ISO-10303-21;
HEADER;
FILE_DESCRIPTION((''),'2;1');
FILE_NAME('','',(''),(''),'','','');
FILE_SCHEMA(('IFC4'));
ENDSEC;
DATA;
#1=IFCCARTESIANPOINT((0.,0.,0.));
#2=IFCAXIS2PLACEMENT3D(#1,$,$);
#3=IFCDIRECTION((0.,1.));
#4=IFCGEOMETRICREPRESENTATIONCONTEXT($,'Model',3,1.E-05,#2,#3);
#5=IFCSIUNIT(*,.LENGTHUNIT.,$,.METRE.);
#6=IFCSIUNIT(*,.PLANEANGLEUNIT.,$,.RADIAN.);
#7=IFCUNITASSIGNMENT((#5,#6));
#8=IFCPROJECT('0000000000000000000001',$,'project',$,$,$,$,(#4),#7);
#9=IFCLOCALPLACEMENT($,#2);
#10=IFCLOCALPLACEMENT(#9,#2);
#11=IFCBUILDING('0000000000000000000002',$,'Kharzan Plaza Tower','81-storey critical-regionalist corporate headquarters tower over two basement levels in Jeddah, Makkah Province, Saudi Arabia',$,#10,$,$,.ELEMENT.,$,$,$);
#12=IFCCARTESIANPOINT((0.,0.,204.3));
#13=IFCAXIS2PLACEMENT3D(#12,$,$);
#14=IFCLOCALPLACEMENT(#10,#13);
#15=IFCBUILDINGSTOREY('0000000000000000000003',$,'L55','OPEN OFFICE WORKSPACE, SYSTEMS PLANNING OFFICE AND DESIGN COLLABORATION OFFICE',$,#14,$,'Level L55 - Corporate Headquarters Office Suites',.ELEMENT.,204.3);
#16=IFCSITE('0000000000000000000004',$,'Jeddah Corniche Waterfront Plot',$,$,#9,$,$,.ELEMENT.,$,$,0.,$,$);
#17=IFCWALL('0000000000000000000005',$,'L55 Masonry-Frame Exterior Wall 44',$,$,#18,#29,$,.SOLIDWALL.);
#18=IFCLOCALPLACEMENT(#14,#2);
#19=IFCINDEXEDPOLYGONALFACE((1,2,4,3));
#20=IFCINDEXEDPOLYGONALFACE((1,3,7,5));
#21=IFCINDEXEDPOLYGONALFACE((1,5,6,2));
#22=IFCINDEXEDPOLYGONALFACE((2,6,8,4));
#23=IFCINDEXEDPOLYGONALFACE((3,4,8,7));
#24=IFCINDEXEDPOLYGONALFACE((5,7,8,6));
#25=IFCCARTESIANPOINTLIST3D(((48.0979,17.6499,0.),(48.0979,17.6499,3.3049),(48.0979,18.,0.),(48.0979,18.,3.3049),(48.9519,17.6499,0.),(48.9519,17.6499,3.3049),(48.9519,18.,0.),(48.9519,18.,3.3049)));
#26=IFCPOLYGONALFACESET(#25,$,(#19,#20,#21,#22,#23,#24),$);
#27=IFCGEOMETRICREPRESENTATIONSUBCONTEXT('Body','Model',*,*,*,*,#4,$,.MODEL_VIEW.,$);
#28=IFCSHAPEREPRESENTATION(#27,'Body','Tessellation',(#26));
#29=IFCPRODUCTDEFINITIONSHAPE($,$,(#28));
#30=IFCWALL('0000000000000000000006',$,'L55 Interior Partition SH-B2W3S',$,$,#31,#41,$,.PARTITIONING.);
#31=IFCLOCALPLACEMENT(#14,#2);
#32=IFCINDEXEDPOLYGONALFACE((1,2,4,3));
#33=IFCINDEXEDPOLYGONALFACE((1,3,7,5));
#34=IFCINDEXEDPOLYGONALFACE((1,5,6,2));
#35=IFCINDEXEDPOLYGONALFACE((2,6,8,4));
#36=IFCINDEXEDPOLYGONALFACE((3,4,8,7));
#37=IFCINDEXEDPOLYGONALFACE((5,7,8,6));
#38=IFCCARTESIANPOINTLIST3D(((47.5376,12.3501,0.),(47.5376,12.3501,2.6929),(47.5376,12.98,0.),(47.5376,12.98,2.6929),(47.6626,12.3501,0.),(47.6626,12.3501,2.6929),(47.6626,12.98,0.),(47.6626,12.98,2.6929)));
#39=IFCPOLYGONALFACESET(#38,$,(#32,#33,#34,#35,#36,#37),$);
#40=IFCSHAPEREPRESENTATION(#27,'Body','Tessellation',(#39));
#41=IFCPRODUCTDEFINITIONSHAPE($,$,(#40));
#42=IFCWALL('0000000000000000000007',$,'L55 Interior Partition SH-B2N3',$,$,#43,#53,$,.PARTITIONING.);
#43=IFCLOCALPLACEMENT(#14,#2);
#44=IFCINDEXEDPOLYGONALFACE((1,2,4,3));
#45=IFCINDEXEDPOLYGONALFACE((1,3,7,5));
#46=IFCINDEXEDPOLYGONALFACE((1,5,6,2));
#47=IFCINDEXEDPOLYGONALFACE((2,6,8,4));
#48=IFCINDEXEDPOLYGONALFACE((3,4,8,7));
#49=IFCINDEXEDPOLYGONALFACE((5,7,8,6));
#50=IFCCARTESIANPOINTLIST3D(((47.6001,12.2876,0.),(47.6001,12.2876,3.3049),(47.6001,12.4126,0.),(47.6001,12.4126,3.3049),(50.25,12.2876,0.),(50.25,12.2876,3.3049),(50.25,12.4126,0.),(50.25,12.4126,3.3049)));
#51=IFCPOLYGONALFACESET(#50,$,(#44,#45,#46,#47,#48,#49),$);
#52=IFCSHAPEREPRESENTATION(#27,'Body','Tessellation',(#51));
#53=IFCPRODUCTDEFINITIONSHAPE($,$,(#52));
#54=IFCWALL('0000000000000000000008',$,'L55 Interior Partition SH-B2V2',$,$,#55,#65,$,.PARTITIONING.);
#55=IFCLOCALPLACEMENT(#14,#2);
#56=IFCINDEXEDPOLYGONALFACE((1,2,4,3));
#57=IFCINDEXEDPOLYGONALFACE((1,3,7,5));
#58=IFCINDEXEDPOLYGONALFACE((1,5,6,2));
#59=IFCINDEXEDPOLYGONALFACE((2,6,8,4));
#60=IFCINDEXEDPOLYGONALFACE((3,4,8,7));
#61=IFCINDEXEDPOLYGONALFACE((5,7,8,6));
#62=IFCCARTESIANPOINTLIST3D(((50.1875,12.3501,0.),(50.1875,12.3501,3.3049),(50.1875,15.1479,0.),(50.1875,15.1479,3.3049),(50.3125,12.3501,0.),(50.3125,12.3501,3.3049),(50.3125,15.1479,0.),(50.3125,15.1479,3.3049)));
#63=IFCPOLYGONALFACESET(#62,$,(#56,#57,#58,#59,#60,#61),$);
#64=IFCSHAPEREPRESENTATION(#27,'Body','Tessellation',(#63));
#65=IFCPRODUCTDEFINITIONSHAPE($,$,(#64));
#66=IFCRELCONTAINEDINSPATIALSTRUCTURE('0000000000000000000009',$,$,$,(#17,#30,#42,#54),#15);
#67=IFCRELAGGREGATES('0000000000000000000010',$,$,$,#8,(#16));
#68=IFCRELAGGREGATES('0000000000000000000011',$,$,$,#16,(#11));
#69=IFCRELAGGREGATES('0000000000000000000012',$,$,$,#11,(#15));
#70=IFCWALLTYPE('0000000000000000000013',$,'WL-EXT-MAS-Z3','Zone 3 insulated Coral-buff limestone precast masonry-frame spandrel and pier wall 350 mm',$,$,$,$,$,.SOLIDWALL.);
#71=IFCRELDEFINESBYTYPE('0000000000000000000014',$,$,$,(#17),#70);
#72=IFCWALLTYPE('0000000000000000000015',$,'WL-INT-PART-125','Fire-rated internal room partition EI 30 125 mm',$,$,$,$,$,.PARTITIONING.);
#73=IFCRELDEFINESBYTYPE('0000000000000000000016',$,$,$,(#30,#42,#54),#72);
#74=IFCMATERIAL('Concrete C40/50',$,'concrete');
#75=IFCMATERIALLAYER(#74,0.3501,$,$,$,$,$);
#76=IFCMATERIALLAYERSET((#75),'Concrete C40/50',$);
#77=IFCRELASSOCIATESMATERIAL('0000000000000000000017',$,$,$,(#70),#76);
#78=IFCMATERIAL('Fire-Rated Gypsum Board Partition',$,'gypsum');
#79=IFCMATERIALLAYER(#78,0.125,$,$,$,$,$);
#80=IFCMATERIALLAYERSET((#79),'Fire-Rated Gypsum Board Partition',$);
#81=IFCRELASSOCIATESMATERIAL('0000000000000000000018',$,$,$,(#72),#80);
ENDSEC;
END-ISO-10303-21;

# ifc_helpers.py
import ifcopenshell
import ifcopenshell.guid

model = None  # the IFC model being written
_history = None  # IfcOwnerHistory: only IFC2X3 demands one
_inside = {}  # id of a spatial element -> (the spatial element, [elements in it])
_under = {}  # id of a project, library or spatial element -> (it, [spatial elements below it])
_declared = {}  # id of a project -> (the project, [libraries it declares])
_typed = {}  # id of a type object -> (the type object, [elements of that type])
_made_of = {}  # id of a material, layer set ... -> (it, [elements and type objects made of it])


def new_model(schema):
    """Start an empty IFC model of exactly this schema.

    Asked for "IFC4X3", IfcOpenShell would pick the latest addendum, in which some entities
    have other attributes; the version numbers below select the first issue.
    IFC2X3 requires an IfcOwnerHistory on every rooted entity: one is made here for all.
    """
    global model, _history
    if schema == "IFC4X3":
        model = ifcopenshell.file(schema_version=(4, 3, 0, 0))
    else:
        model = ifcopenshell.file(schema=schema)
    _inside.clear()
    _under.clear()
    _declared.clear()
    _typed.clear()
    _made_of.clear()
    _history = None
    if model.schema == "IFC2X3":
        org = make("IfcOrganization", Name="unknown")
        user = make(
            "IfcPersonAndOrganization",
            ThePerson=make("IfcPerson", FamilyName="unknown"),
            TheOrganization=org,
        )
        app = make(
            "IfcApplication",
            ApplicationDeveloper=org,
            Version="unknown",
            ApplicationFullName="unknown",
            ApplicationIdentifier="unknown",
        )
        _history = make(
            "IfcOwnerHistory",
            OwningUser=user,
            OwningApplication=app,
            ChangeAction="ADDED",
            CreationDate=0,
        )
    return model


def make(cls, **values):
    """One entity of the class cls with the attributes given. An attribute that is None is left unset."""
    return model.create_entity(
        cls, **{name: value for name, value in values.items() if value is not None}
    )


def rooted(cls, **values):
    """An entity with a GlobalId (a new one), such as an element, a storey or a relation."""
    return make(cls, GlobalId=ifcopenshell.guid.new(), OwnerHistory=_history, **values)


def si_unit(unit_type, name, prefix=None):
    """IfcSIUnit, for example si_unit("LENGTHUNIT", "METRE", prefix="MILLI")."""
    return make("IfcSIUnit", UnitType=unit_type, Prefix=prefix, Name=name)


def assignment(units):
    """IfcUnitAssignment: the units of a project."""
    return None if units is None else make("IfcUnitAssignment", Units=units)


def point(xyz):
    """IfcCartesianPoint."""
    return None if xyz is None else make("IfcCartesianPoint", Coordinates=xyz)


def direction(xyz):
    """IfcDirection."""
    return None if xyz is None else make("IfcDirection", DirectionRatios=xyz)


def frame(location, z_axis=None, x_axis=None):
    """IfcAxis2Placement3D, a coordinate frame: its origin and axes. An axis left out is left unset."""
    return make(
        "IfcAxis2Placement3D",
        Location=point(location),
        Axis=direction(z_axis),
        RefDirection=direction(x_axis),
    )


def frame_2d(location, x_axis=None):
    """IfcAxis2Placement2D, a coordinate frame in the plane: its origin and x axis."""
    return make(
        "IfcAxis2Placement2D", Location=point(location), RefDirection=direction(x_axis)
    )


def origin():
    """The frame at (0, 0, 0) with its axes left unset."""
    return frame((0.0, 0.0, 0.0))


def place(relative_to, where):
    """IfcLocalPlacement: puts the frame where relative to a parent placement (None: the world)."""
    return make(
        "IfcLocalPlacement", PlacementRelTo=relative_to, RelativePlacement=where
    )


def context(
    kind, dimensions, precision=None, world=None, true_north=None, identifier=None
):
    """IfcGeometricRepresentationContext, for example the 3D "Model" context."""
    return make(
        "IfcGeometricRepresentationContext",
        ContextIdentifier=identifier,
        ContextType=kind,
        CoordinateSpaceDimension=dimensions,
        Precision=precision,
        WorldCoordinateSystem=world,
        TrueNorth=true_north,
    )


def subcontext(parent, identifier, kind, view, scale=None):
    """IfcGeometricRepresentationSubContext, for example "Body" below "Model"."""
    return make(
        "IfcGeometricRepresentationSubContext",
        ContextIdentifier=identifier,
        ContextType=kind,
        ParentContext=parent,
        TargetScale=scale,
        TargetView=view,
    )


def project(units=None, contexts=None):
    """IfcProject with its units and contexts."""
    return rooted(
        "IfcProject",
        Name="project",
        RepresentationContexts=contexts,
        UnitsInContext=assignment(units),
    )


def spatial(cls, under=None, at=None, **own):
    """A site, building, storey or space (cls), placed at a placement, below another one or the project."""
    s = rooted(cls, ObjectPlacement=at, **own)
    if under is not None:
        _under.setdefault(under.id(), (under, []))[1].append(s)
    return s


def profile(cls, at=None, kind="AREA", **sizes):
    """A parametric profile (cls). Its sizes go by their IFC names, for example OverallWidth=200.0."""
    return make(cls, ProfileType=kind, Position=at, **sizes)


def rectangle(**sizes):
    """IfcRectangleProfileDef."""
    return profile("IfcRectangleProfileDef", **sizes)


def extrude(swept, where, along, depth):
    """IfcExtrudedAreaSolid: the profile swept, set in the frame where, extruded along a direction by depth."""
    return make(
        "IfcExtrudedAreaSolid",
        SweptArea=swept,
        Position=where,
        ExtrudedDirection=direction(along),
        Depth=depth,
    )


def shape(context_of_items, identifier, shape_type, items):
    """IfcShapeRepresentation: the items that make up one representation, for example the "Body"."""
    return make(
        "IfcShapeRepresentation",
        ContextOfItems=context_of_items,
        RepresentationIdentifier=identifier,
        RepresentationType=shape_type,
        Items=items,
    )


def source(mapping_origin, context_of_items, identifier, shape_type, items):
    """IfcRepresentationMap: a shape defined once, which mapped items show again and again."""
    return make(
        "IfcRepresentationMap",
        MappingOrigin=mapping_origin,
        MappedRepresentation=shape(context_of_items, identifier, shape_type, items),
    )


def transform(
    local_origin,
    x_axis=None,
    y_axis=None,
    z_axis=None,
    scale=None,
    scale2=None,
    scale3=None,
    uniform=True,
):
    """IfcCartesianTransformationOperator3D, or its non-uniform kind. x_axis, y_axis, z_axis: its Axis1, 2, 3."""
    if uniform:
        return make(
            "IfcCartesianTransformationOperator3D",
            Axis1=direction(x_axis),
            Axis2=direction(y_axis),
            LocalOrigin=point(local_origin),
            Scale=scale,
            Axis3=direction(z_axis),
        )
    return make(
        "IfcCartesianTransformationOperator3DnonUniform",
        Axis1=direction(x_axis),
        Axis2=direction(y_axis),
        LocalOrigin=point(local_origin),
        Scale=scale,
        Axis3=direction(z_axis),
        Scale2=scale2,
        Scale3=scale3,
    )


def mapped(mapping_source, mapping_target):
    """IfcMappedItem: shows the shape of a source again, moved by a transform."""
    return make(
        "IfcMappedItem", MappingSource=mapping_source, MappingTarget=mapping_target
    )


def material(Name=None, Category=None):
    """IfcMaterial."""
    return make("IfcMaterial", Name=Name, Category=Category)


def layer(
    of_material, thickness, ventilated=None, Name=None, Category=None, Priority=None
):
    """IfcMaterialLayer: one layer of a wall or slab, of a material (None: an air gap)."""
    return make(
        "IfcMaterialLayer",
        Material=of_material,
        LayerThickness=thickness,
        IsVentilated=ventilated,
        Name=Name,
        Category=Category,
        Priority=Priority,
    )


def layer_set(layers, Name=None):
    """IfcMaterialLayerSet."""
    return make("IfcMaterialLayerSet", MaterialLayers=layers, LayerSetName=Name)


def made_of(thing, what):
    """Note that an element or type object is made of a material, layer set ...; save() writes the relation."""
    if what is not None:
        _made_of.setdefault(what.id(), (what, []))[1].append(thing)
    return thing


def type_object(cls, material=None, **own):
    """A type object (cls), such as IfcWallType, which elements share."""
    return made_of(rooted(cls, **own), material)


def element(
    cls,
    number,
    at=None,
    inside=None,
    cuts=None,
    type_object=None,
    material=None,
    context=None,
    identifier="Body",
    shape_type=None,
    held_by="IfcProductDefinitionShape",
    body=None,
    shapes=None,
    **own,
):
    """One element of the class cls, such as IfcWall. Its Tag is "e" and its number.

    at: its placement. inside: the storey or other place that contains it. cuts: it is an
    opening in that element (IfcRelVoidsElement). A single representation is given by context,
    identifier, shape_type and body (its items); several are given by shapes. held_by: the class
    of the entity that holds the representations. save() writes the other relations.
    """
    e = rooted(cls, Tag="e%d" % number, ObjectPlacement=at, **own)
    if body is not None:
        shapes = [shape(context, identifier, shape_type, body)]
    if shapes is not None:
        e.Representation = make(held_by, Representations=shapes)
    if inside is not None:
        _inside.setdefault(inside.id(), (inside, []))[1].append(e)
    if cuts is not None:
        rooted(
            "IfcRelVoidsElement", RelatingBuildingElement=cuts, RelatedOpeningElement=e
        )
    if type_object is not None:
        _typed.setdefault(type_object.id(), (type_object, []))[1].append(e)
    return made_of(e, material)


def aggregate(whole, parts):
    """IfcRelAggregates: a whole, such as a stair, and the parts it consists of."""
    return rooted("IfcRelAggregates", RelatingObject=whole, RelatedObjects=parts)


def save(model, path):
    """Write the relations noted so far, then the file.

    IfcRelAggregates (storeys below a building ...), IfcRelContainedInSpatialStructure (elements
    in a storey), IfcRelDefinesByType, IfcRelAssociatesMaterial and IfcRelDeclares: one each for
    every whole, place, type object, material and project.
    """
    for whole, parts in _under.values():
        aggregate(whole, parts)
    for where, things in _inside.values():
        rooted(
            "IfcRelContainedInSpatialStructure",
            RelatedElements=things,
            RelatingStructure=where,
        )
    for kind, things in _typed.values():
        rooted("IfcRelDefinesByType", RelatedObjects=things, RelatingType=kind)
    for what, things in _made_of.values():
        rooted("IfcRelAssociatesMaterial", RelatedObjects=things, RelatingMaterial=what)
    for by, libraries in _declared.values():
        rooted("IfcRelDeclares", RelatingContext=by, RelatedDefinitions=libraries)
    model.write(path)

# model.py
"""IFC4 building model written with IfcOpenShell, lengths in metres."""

from ifc_helpers import new_model, si_unit, direction, frame, frame_2d, origin, place, context, subcontext, project, spatial, rectangle, extrude, source, transform, mapped, material, layer, layer_set, type_object, element, save


model = new_model("IFC4")

# Units and contexts
model_context = context("Model", 3, precision=1e-05, world=origin(), true_north=direction((0.0, 1.0)))
body_context = subcontext(model_context, "Body", "Model", "MODEL_VIEW")
ifc_project = project(units=[si_unit("LENGTHUNIT", "METRE"), si_unit("PLANEANGLEUNIT", "RADIAN")], contexts=[model_context])

# Site, building, storey
site_placement = place(None, origin())
site = spatial("IfcSite", under=ifc_project, at=site_placement, Name="Jeddah Corniche Waterfront Plot", CompositionType="ELEMENT", RefElevation=0.0)
building_placement = place(site_placement, origin())
building = spatial("IfcBuilding", under=site, at=building_placement, Name="Kharzan Plaza Tower", Description="81-storey critical-regionalist corporate headquarters tower over two basement levels in Jeddah, Makkah Province, Saudi Arabia", CompositionType="ELEMENT")
storey_placement = place(building_placement, frame((0.0, 0.0, 204.3)))
storey = spatial("IfcBuildingStorey", under=building, at=storey_placement, Name="L55", Description="OPEN OFFICE WORKSPACE, SYSTEMS PLANNING OFFICE AND DESIGN COLLABORATION OFFICE", LongName="Level L55 - Corporate Headquarters Office Suites", CompositionType="ELEMENT", Elevation=204.3)

# Shared definitions
ifc_material_1 = material(Name="Concrete C40/50", Category="concrete")
ifc_layer_1 = layer(ifc_material_1, 0.3501)
ifc_layer_set_1 = layer_set([ifc_layer_1], Name="Concrete C40/50")
wall_type_1 = type_object("IfcWallType", Name="WL-EXT-MAS-Z3", Description="Zone 3 insulated Coral-buff limestone precast masonry-frame spandrel and pier wall 350 mm", PredefinedType="SOLIDWALL", material=ifc_layer_set_1)

# Shared definitions
ifc_material_2 = material(Name="Fire-Rated Gypsum Board Partition", Category="gypsum")
ifc_layer_2 = layer(ifc_material_2, 0.125)
ifc_layer_set_2 = layer_set([ifc_layer_2], Name="Fire-Rated Gypsum Board Partition")
wall_type_2 = type_object("IfcWallType", Name="WL-INT-PART-125", Description="Fire-rated internal room partition EI 30 125 mm", PredefinedType="PARTITIONING", material=ifc_layer_set_2)

# Walls
shared_shape_1 = source(origin(), body_context, "Body", "SweptSolid", [
    extrude(rectangle(XDim=0.854, YDim=0.3501, at=frame_2d((0.427, 0.0))), origin(), (0.0, 0.0, 1.0), 3.3049),
])
wall_1_placement = place(storey_placement, frame((48.9519, 17.825, 0.0), z_axis=(0.0, 0.0, 1.0), x_axis=(-1.0, 0.0, 0.0)))
element("IfcWall", 1, at=wall_1_placement, inside=storey, type_object=wall_type_1, Name="L55 Masonry-Frame Exterior Wall 44", PredefinedType="SOLIDWALL", context=body_context, shape_type="MappedRepresentation", body=[
    mapped(shared_shape_1, transform((0.0, 0.0, 0.0), x_axis=(1.0, 0.0, 0.0), y_axis=(0.0, 1.0, 0.0), z_axis=(0.0, 0.0, 1.0))),
])
shared_shape_2 = source(origin(), body_context, "Body", "SweptSolid", [
    extrude(rectangle(XDim=0.6299, YDim=0.125, at=frame_2d((0.3149, 0.0))), origin(), (0.0, 0.0, 1.0), 2.6929),
])
wall_2_placement = place(storey_placement, frame((47.6001, 12.3501, 0.0), z_axis=(0.0, 0.0, 1.0), x_axis=(0.0, 1.0, 0.0)))
element("IfcWall", 2, at=wall_2_placement, inside=storey, type_object=wall_type_2, Name="L55 Interior Partition SH-B2W3S", PredefinedType="PARTITIONING", context=body_context, shape_type="MappedRepresentation", body=[
    mapped(shared_shape_2, transform((0.0, 0.0, 0.0), x_axis=(1.0, 0.0, 0.0), y_axis=(0.0, 1.0, 0.0), z_axis=(0.0, 0.0, 1.0))),
])
shared_shape_3 = source(origin(), body_context, "Body", "SweptSolid", [
    extrude(rectangle(XDim=2.6499, YDim=0.125, at=frame_2d((1.325, 0.0))), origin(), (0.0, 0.0, 1.0), 3.3049),
])
wall_3_placement = place(storey_placement, frame((47.6001, 12.3501, 0.0), z_axis=(0.0, 0.0, 1.0), x_axis=(1.0, 0.0, 0.0)))
element("IfcWall", 3, at=wall_3_placement, inside=storey, type_object=wall_type_2, Name="L55 Interior Partition SH-B2N3", PredefinedType="PARTITIONING", context=body_context, shape_type="MappedRepresentation", body=[
    mapped(shared_shape_3, transform((0.0, 0.0, 0.0), x_axis=(1.0, 0.0, 0.0), y_axis=(0.0, 1.0, 0.0), z_axis=(0.0, 0.0, 1.0))),
])
shared_shape_4 = source(origin(), body_context, "Body", "SweptSolid", [
    extrude(rectangle(XDim=2.7979, YDim=0.125, at=frame_2d((1.3989, 0.0))), origin(), (0.0, 0.0, 1.0), 3.3049),
])
wall_4_placement = place(storey_placement, frame((50.25, 12.3501, 0.0), z_axis=(0.0, 0.0, 1.0), x_axis=(0.0, 1.0, 0.0)))
element("IfcWall", 4, at=wall_4_placement, inside=storey, type_object=wall_type_2, Name="L55 Interior Partition SH-B2V2", PredefinedType="PARTITIONING", context=body_context, shape_type="MappedRepresentation", body=[
    mapped(shared_shape_4, transform((0.0, 0.0, 0.0), x_axis=(1.0, 0.0, 0.0), y_axis=(0.0, 1.0, 0.0), z_axis=(0.0, 0.0, 1.0))),
])

save(model, "model.ifc")
